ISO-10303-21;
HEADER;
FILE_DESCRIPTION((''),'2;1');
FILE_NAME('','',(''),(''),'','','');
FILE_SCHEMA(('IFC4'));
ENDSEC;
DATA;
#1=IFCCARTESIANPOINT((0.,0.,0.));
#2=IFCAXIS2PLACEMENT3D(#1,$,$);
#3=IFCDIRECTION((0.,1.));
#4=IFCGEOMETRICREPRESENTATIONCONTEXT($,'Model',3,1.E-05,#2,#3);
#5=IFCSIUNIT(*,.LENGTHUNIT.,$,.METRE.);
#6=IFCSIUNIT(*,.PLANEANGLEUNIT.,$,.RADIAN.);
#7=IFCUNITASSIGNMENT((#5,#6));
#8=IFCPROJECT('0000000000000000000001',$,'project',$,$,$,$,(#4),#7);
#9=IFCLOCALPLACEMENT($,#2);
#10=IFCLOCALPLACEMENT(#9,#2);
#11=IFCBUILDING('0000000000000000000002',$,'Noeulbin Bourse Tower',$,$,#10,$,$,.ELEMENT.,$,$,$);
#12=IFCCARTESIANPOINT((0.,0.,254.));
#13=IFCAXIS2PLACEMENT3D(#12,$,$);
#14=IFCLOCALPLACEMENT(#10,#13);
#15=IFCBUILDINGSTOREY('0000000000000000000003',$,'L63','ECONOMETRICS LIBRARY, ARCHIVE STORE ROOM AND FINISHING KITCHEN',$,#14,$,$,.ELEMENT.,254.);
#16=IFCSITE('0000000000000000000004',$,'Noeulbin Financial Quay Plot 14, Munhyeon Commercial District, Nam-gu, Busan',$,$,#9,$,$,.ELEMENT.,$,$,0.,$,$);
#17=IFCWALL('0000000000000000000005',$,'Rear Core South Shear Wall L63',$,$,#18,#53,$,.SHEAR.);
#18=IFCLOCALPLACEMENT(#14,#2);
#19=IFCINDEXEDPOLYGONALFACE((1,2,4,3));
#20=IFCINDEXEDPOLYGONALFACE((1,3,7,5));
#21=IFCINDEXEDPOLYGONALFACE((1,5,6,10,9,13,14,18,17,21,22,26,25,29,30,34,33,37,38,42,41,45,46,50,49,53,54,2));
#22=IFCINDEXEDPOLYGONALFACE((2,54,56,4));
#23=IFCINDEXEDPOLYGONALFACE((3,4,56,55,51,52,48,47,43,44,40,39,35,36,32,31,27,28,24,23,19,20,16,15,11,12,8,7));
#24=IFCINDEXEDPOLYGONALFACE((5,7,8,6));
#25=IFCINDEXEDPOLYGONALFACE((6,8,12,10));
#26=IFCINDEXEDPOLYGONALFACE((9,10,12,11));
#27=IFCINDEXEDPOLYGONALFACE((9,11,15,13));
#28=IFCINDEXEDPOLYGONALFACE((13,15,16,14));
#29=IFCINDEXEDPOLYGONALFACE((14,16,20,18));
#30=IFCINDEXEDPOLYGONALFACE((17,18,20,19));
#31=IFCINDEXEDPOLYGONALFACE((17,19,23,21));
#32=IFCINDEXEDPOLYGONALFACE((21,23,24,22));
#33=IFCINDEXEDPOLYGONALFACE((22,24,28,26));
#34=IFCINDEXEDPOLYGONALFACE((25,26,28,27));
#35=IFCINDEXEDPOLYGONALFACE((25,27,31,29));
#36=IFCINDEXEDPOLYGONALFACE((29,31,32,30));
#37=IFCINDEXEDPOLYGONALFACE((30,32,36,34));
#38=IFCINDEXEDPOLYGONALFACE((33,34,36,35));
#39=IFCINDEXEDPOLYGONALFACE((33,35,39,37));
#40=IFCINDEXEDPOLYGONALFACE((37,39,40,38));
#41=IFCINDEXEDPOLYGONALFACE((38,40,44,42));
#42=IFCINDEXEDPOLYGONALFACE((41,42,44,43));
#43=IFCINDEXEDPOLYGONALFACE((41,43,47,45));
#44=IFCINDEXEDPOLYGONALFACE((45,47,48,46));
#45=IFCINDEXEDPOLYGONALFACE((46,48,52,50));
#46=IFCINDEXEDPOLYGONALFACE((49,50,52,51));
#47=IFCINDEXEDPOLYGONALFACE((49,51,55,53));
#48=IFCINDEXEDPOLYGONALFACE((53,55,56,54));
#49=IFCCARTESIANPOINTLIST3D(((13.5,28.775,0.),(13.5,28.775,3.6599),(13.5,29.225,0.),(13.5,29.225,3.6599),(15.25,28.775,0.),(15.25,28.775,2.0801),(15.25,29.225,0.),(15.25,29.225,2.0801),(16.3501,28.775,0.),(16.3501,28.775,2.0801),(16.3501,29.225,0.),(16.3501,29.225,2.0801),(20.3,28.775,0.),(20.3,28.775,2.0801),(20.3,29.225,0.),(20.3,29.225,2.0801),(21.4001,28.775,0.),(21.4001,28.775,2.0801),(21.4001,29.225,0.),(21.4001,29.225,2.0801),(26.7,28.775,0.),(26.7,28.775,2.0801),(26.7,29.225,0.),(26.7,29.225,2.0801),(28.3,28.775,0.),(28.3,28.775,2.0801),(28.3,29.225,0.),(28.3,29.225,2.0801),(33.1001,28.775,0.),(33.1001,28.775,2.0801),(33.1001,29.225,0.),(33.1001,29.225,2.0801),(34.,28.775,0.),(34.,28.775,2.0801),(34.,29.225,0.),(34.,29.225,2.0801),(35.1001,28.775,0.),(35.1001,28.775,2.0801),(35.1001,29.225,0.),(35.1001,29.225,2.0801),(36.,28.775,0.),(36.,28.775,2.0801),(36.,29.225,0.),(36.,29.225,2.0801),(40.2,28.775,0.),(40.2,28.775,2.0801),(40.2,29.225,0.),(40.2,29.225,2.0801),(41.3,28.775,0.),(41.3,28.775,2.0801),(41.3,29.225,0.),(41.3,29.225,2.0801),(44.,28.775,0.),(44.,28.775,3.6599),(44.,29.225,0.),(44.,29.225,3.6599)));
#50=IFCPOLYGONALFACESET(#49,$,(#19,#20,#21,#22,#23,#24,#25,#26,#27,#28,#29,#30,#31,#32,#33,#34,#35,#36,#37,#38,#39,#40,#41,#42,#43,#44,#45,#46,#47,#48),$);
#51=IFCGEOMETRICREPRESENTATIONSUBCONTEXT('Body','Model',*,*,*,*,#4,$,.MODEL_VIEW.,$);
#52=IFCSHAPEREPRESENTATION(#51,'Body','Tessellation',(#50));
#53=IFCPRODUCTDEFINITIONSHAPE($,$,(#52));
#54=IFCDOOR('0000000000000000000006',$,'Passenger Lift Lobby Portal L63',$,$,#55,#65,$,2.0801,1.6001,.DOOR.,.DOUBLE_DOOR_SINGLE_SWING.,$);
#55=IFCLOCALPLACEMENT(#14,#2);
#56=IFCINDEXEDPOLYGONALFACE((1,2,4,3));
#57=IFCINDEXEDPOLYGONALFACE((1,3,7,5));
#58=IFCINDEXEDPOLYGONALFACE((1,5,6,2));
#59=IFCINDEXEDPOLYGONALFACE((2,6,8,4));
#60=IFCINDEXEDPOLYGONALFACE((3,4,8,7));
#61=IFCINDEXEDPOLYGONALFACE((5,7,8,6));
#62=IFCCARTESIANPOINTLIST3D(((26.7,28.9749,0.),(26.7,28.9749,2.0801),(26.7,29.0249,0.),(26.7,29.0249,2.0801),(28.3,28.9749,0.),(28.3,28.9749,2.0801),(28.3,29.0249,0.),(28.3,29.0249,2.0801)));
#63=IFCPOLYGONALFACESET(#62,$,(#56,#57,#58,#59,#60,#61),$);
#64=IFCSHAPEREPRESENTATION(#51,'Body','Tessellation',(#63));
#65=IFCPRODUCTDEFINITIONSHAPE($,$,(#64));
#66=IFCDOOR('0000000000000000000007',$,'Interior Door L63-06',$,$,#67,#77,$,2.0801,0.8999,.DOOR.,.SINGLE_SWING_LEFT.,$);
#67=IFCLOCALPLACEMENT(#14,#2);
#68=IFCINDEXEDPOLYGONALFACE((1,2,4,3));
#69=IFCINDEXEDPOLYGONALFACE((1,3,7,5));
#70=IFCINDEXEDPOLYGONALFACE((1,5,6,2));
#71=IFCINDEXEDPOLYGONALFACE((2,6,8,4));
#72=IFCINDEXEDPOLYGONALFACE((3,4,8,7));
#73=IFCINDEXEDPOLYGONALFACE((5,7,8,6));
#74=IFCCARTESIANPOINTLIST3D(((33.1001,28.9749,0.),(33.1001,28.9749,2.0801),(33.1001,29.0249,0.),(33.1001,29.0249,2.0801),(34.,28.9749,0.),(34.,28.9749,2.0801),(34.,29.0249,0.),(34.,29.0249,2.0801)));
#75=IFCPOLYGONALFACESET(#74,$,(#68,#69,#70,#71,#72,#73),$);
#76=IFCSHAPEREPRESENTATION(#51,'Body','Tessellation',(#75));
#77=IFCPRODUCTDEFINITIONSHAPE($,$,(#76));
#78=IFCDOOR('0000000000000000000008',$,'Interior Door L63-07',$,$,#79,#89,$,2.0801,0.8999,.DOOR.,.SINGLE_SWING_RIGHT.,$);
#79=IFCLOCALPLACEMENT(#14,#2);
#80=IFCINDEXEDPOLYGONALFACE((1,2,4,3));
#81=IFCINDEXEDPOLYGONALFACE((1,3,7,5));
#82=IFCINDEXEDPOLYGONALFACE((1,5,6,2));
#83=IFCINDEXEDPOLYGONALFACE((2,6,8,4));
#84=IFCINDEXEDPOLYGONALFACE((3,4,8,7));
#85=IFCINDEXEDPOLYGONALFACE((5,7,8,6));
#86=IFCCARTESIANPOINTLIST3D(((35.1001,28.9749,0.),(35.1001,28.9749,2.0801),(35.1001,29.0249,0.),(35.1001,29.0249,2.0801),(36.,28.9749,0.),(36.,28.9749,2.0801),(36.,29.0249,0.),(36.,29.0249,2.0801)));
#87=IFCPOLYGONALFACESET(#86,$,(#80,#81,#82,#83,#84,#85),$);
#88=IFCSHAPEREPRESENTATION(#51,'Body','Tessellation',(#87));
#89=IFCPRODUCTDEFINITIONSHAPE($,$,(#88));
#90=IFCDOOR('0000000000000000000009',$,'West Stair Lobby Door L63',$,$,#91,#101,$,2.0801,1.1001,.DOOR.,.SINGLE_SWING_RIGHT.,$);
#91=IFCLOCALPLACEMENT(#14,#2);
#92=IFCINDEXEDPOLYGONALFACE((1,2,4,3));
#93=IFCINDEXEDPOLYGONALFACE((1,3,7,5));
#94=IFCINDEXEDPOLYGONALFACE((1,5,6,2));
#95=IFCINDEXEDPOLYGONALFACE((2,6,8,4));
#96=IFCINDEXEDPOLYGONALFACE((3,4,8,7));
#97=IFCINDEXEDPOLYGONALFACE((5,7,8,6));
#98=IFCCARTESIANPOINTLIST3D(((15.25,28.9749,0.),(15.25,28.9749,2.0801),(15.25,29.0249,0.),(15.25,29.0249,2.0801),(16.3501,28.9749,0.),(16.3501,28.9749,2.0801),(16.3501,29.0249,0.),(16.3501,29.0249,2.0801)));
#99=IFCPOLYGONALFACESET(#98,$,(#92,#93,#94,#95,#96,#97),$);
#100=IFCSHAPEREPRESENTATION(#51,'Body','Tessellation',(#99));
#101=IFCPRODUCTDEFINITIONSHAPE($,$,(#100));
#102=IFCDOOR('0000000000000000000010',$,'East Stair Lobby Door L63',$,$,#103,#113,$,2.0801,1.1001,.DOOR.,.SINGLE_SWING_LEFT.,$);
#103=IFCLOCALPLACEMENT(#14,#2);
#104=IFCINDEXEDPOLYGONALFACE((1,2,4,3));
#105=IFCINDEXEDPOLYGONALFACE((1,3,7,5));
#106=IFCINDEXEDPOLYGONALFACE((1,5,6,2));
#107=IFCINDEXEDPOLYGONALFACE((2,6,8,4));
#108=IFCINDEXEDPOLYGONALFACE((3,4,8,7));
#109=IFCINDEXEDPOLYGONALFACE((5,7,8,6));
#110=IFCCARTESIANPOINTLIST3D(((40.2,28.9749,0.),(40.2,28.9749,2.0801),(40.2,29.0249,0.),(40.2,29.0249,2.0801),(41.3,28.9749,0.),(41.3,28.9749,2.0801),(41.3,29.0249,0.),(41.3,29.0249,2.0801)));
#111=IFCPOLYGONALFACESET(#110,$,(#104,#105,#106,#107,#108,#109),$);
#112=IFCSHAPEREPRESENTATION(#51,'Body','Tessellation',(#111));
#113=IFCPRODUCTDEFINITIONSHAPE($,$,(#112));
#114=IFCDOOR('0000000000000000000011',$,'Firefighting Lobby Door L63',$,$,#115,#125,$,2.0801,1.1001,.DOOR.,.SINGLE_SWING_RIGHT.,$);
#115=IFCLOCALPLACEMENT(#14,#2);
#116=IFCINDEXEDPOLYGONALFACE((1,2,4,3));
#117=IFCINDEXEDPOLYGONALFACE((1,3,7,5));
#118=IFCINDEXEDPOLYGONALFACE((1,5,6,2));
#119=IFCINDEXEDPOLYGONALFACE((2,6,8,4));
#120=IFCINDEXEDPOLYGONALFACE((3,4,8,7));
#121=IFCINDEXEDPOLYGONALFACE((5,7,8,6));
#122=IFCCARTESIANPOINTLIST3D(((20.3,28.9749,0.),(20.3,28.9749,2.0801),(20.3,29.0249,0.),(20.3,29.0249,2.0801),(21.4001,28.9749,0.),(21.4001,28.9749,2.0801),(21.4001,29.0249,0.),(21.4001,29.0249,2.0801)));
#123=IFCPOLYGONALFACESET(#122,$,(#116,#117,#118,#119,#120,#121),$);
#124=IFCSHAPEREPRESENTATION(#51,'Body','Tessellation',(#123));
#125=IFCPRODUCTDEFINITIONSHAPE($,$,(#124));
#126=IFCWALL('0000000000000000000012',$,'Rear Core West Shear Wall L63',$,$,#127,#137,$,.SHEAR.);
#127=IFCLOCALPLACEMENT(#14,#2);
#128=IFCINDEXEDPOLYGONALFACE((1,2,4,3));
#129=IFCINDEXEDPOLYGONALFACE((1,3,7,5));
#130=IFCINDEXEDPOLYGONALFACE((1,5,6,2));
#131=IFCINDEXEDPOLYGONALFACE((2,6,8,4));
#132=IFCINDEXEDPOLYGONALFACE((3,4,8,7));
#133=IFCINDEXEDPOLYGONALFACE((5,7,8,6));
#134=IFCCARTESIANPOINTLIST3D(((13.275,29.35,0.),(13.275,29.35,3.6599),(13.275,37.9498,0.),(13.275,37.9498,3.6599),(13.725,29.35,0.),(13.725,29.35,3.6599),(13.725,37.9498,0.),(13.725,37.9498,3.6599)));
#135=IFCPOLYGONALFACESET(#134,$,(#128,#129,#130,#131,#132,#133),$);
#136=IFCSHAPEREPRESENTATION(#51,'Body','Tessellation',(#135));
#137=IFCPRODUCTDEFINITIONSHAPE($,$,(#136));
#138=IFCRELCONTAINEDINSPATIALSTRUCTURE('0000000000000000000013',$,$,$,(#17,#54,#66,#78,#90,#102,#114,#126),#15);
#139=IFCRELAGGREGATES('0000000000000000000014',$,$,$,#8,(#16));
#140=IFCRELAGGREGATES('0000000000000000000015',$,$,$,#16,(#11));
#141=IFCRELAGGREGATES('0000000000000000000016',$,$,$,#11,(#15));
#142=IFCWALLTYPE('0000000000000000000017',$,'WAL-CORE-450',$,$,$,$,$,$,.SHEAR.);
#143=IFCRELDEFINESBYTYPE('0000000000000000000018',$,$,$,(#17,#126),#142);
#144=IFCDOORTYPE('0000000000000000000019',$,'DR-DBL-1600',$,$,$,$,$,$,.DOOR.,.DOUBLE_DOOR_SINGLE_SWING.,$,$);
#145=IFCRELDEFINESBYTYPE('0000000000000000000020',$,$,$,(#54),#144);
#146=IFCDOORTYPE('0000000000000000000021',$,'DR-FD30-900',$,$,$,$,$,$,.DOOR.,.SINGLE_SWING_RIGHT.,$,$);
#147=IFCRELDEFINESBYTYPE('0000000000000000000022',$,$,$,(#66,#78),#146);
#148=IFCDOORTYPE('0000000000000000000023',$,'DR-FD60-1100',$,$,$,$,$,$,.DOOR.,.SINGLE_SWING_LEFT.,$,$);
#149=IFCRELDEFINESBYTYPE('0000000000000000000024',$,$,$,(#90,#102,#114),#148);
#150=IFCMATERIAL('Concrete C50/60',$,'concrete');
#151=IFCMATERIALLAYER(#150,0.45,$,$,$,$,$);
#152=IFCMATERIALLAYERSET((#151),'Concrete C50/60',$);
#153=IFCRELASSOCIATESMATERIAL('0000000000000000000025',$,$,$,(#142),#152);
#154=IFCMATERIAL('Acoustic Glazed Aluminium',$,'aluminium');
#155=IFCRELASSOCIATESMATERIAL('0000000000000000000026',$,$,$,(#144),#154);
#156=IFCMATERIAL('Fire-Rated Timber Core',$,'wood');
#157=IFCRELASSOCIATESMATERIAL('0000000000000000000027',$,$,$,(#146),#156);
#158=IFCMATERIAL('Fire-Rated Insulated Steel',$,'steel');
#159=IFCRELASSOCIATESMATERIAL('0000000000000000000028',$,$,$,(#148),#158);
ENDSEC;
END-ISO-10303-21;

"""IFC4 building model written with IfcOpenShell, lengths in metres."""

from ifc_helpers import new_model, si_unit, direction, frame, frame_2d, origin, place, context, subcontext, project, spatial, rectangle, extrude, material, layer, layer_set, type_object, element, fill, save


model = new_model("IFC4")

# Units and contexts
model_context = context("Model", 3, precision=1e-05, world=origin(), true_north=direction((0.0, 1.0)))
body_context = subcontext(model_context, "Body", "Model", "MODEL_VIEW")
ifc_project = project(units=[si_unit("LENGTHUNIT", "METRE"), si_unit("PLANEANGLEUNIT", "RADIAN")], contexts=[model_context])

# Site, building, storey
site_placement = place(None, origin())
site = spatial("IfcSite", under=ifc_project, at=site_placement, Name="Noeulbin Financial Quay Plot 14, Munhyeon Commercial District, Nam-gu, Busan", CompositionType="ELEMENT", RefElevation=0.0)
building_placement = place(site_placement, origin())
building = spatial("IfcBuilding", under=site, at=building_placement, Name="Noeulbin Bourse Tower", CompositionType="ELEMENT")
storey_placement = place(building_placement, frame((0.0, 0.0, 254.0)))
storey = spatial("IfcBuildingStorey", under=building, at=storey_placement, Name="L63", Description="ECONOMETRICS LIBRARY, ARCHIVE STORE ROOM AND FINISHING KITCHEN", CompositionType="ELEMENT", Elevation=254.0)

# Wall, openings, doors
ifc_material_1 = material(Name="Concrete C50/60", Category="concrete")
ifc_layer_1 = layer(ifc_material_1, 0.45)
ifc_layer_set_1 = layer_set([ifc_layer_1], Name="Concrete C50/60")
wall_type = type_object("IfcWallType", Name="WAL-CORE-450", PredefinedType="SHEAR", material=ifc_layer_set_1)
wall_1_placement = place(storey_placement, frame((13.5, 29.0, 0.0), z_axis=(0.0, 0.0, 1.0), x_axis=(1.0, 0.0, 0.0)))
wall_1 = element("IfcWall", 1, at=wall_1_placement, inside=storey, type_object=wall_type, Name="Rear Core South Shear Wall L63", PredefinedType="SHEAR", context=body_context, shape_type="SweptSolid", body=[
    extrude(rectangle(XDim=30.5, YDim=0.45, at=frame_2d((15.25, 0.0))), origin(), (0.0, 0.0, 1.0), 3.6599),
])
opening_1_placement = place(wall_1_placement, frame((1.75, 0.0, 0.0)))
opening_1 = element("IfcOpeningElement", 2, at=opening_1_placement, cuts=wall_1, PredefinedType="OPENING", context=body_context, shape_type="SweptSolid", body=[
    extrude(rectangle(XDim=1.1001, YDim=2.0801, at=frame_2d((0.55, 1.04))), frame((0.0, 0.2349, 0.0), z_axis=(0.0, -1.0, 0.0), x_axis=(1.0, 0.0, 0.0)), (0.0, 0.0, 1.0), 0.47),
])
opening_2_placement = place(wall_1_placement, frame((26.7, 0.0, 0.0)))
opening_2 = element("IfcOpeningElement", 3, at=opening_2_placement, cuts=wall_1, PredefinedType="OPENING", context=body_context, shape_type="SweptSolid", body=[
    extrude(rectangle(XDim=1.1001, YDim=2.0801, at=frame_2d((0.55, 1.04))), frame((0.0, 0.2349, 0.0), z_axis=(0.0, -1.0, 0.0), x_axis=(1.0, 0.0, 0.0)), (0.0, 0.0, 1.0), 0.47),
])
opening_3_placement = place(wall_1_placement, frame((6.8, 0.0, 0.0)))
opening_3 = element("IfcOpeningElement", 4, at=opening_3_placement, cuts=wall_1, PredefinedType="OPENING", context=body_context, shape_type="SweptSolid", body=[
    extrude(rectangle(XDim=1.1001, YDim=2.0801, at=frame_2d((0.55, 1.04))), frame((0.0, 0.2349, 0.0), z_axis=(0.0, -1.0, 0.0), x_axis=(1.0, 0.0, 0.0)), (0.0, 0.0, 1.0), 0.47),
])
opening_4_placement = place(wall_1_placement, frame((13.2, 0.0, 0.0)))
opening_4 = element("IfcOpeningElement", 5, at=opening_4_placement, cuts=wall_1, PredefinedType="OPENING", context=body_context, shape_type="SweptSolid", body=[
    extrude(rectangle(XDim=1.6001, YDim=2.0801, at=frame_2d((0.8, 1.04))), frame((0.0, 0.2349, 0.0), z_axis=(0.0, -1.0, 0.0), x_axis=(1.0, 0.0, 0.0)), (0.0, 0.0, 1.0), 0.47),
])
opening_5_placement = place(wall_1_placement, frame((19.6001, 0.0, 0.0)))
opening_5 = element("IfcOpeningElement", 6, at=opening_5_placement, cuts=wall_1, PredefinedType="OPENING", context=body_context, shape_type="SweptSolid", body=[
    extrude(rectangle(XDim=0.8999, YDim=2.0801, at=frame_2d((0.45, 1.04))), frame((0.0, 0.2349, 0.0), z_axis=(0.0, -1.0, 0.0), x_axis=(1.0, 0.0, 0.0)), (0.0, 0.0, 1.0), 0.47),
])
opening_6_placement = place(wall_1_placement, frame((21.6001, 0.0, 0.0)))
opening_6 = element("IfcOpeningElement", 7, at=opening_6_placement, cuts=wall_1, PredefinedType="OPENING", context=body_context, shape_type="SweptSolid", body=[
    extrude(rectangle(XDim=0.8999, YDim=2.0801, at=frame_2d((0.45, 1.04))), frame((0.0, 0.2349, 0.0), z_axis=(0.0, -1.0, 0.0), x_axis=(1.0, 0.0, 0.0)), (0.0, 0.0, 1.0), 0.47),
])
ifc_material_2 = material(Name="Acoustic Glazed Aluminium", Category="aluminium")
door_type_1 = type_object("IfcDoorType", Name="DR-DBL-1600", OperationType="DOUBLE_DOOR_SINGLE_SWING", PredefinedType="DOOR", material=ifc_material_2)
door_1_placement = place(opening_4_placement, origin())
door_1 = element("IfcDoor", 8, at=door_1_placement, inside=storey, type_object=door_type_1, Name="Passenger Lift Lobby Portal L63", OperationType="DOUBLE_DOOR_SINGLE_SWING", OverallHeight=2.0801, OverallWidth=1.6001, PredefinedType="DOOR", context=body_context, shape_type="SweptSolid", body=[
    extrude(rectangle(XDim=1.6001, YDim=2.0801, at=frame_2d((0.8, 1.04))), frame((0.0, 0.0249, 0.0), z_axis=(0.0, -1.0, 0.0), x_axis=(1.0, 0.0, 0.0)), (0.0, 0.0, 1.0), 0.05),
])
fill(opening_4, door_1)
ifc_material_3 = material(Name="Fire-Rated Timber Core", Category="wood")
door_type_2 = type_object("IfcDoorType", Name="DR-FD30-900", OperationType="SINGLE_SWING_RIGHT", PredefinedType="DOOR", material=ifc_material_3)
door_2_placement = place(opening_5_placement, origin())
door_2 = element("IfcDoor", 9, at=door_2_placement, inside=storey, type_object=door_type_2, Name="Interior Door L63-06", OperationType="SINGLE_SWING_LEFT", OverallHeight=2.0801, OverallWidth=0.8999, PredefinedType="DOOR", context=body_context, shape_type="SweptSolid", body=[
    extrude(rectangle(XDim=0.8999, YDim=2.0801, at=frame_2d((0.45, 1.04))), frame((0.0, 0.0249, 0.0), z_axis=(0.0, -1.0, 0.0), x_axis=(1.0, 0.0, 0.0)), (0.0, 0.0, 1.0), 0.05),
])
fill(opening_5, door_2)
door_3_placement = place(opening_6_placement, origin())
door_3 = element("IfcDoor", 10, at=door_3_placement, inside=storey, type_object=door_type_2, Name="Interior Door L63-07", OperationType="SINGLE_SWING_RIGHT", OverallHeight=2.0801, OverallWidth=0.8999, PredefinedType="DOOR", context=body_context, shape_type="SweptSolid", body=[
    extrude(rectangle(XDim=0.8999, YDim=2.0801, at=frame_2d((0.45, 1.04))), frame((0.0, 0.0249, 0.0), z_axis=(0.0, -1.0, 0.0), x_axis=(1.0, 0.0, 0.0)), (0.0, 0.0, 1.0), 0.05),
])
fill(opening_6, door_3)
ifc_material_4 = material(Name="Fire-Rated Insulated Steel", Category="steel")
door_type_3 = type_object("IfcDoorType", Name="DR-FD60-1100", OperationType="SINGLE_SWING_LEFT", PredefinedType="DOOR", material=ifc_material_4)
door_4_placement = place(opening_1_placement, origin())
door_4 = element("IfcDoor", 11, at=door_4_placement, inside=storey, type_object=door_type_3, Name="West Stair Lobby Door L63", OperationType="SINGLE_SWING_RIGHT", OverallHeight=2.0801, OverallWidth=1.1001, PredefinedType="DOOR", context=body_context, shape_type="SweptSolid", body=[
    extrude(rectangle(XDim=1.1001, YDim=2.0801, at=frame_2d((0.55, 1.04))), frame((0.0, 0.0249, 0.0), z_axis=(0.0, -1.0, 0.0), x_axis=(1.0, 0.0, 0.0)), (0.0, 0.0, 1.0), 0.05),
])
fill(opening_1, door_4)
door_5_placement = place(opening_2_placement, origin())
door_5 = element("IfcDoor", 12, at=door_5_placement, inside=storey, type_object=door_type_3, Name="East Stair Lobby Door L63", OperationType="SINGLE_SWING_LEFT", OverallHeight=2.0801, OverallWidth=1.1001, PredefinedType="DOOR", context=body_context, shape_type="SweptSolid", body=[
    extrude(rectangle(XDim=1.1001, YDim=2.0801, at=frame_2d((0.55, 1.04))), frame((0.0, 0.0249, 0.0), z_axis=(0.0, -1.0, 0.0), x_axis=(1.0, 0.0, 0.0)), (0.0, 0.0, 1.0), 0.05),
])
fill(opening_2, door_5)
door_6_placement = place(opening_3_placement, origin())
door_6 = element("IfcDoor", 13, at=door_6_placement, inside=storey, type_object=door_type_3, Name="Firefighting Lobby Door L63", OperationType="SINGLE_SWING_RIGHT", OverallHeight=2.0801, OverallWidth=1.1001, PredefinedType="DOOR", context=body_context, shape_type="SweptSolid", body=[
    extrude(rectangle(XDim=1.1001, YDim=2.0801, at=frame_2d((0.55, 1.04))), frame((0.0, 0.0249, 0.0), z_axis=(0.0, -1.0, 0.0), x_axis=(1.0, 0.0, 0.0)), (0.0, 0.0, 1.0), 0.05),
])
fill(opening_3, door_6)

# Wall
wall_2_placement = place(storey_placement, frame((13.5, 29.3501, 0.0), z_axis=(0.0, 0.0, 1.0), x_axis=(0.0, 1.0, 0.0)))
element("IfcWall", 14, at=wall_2_placement, inside=storey, type_object=wall_type, Name="Rear Core West Shear Wall L63", PredefinedType="SHEAR", context=body_context, shape_type="SweptSolid", body=[
    extrude(rectangle(XDim=8.5999, YDim=0.45, at=frame_2d((4.2998, 0.0))), origin(), (0.0, 0.0, 1.0), 3.6599),
])

save(model, "model.ifc")
